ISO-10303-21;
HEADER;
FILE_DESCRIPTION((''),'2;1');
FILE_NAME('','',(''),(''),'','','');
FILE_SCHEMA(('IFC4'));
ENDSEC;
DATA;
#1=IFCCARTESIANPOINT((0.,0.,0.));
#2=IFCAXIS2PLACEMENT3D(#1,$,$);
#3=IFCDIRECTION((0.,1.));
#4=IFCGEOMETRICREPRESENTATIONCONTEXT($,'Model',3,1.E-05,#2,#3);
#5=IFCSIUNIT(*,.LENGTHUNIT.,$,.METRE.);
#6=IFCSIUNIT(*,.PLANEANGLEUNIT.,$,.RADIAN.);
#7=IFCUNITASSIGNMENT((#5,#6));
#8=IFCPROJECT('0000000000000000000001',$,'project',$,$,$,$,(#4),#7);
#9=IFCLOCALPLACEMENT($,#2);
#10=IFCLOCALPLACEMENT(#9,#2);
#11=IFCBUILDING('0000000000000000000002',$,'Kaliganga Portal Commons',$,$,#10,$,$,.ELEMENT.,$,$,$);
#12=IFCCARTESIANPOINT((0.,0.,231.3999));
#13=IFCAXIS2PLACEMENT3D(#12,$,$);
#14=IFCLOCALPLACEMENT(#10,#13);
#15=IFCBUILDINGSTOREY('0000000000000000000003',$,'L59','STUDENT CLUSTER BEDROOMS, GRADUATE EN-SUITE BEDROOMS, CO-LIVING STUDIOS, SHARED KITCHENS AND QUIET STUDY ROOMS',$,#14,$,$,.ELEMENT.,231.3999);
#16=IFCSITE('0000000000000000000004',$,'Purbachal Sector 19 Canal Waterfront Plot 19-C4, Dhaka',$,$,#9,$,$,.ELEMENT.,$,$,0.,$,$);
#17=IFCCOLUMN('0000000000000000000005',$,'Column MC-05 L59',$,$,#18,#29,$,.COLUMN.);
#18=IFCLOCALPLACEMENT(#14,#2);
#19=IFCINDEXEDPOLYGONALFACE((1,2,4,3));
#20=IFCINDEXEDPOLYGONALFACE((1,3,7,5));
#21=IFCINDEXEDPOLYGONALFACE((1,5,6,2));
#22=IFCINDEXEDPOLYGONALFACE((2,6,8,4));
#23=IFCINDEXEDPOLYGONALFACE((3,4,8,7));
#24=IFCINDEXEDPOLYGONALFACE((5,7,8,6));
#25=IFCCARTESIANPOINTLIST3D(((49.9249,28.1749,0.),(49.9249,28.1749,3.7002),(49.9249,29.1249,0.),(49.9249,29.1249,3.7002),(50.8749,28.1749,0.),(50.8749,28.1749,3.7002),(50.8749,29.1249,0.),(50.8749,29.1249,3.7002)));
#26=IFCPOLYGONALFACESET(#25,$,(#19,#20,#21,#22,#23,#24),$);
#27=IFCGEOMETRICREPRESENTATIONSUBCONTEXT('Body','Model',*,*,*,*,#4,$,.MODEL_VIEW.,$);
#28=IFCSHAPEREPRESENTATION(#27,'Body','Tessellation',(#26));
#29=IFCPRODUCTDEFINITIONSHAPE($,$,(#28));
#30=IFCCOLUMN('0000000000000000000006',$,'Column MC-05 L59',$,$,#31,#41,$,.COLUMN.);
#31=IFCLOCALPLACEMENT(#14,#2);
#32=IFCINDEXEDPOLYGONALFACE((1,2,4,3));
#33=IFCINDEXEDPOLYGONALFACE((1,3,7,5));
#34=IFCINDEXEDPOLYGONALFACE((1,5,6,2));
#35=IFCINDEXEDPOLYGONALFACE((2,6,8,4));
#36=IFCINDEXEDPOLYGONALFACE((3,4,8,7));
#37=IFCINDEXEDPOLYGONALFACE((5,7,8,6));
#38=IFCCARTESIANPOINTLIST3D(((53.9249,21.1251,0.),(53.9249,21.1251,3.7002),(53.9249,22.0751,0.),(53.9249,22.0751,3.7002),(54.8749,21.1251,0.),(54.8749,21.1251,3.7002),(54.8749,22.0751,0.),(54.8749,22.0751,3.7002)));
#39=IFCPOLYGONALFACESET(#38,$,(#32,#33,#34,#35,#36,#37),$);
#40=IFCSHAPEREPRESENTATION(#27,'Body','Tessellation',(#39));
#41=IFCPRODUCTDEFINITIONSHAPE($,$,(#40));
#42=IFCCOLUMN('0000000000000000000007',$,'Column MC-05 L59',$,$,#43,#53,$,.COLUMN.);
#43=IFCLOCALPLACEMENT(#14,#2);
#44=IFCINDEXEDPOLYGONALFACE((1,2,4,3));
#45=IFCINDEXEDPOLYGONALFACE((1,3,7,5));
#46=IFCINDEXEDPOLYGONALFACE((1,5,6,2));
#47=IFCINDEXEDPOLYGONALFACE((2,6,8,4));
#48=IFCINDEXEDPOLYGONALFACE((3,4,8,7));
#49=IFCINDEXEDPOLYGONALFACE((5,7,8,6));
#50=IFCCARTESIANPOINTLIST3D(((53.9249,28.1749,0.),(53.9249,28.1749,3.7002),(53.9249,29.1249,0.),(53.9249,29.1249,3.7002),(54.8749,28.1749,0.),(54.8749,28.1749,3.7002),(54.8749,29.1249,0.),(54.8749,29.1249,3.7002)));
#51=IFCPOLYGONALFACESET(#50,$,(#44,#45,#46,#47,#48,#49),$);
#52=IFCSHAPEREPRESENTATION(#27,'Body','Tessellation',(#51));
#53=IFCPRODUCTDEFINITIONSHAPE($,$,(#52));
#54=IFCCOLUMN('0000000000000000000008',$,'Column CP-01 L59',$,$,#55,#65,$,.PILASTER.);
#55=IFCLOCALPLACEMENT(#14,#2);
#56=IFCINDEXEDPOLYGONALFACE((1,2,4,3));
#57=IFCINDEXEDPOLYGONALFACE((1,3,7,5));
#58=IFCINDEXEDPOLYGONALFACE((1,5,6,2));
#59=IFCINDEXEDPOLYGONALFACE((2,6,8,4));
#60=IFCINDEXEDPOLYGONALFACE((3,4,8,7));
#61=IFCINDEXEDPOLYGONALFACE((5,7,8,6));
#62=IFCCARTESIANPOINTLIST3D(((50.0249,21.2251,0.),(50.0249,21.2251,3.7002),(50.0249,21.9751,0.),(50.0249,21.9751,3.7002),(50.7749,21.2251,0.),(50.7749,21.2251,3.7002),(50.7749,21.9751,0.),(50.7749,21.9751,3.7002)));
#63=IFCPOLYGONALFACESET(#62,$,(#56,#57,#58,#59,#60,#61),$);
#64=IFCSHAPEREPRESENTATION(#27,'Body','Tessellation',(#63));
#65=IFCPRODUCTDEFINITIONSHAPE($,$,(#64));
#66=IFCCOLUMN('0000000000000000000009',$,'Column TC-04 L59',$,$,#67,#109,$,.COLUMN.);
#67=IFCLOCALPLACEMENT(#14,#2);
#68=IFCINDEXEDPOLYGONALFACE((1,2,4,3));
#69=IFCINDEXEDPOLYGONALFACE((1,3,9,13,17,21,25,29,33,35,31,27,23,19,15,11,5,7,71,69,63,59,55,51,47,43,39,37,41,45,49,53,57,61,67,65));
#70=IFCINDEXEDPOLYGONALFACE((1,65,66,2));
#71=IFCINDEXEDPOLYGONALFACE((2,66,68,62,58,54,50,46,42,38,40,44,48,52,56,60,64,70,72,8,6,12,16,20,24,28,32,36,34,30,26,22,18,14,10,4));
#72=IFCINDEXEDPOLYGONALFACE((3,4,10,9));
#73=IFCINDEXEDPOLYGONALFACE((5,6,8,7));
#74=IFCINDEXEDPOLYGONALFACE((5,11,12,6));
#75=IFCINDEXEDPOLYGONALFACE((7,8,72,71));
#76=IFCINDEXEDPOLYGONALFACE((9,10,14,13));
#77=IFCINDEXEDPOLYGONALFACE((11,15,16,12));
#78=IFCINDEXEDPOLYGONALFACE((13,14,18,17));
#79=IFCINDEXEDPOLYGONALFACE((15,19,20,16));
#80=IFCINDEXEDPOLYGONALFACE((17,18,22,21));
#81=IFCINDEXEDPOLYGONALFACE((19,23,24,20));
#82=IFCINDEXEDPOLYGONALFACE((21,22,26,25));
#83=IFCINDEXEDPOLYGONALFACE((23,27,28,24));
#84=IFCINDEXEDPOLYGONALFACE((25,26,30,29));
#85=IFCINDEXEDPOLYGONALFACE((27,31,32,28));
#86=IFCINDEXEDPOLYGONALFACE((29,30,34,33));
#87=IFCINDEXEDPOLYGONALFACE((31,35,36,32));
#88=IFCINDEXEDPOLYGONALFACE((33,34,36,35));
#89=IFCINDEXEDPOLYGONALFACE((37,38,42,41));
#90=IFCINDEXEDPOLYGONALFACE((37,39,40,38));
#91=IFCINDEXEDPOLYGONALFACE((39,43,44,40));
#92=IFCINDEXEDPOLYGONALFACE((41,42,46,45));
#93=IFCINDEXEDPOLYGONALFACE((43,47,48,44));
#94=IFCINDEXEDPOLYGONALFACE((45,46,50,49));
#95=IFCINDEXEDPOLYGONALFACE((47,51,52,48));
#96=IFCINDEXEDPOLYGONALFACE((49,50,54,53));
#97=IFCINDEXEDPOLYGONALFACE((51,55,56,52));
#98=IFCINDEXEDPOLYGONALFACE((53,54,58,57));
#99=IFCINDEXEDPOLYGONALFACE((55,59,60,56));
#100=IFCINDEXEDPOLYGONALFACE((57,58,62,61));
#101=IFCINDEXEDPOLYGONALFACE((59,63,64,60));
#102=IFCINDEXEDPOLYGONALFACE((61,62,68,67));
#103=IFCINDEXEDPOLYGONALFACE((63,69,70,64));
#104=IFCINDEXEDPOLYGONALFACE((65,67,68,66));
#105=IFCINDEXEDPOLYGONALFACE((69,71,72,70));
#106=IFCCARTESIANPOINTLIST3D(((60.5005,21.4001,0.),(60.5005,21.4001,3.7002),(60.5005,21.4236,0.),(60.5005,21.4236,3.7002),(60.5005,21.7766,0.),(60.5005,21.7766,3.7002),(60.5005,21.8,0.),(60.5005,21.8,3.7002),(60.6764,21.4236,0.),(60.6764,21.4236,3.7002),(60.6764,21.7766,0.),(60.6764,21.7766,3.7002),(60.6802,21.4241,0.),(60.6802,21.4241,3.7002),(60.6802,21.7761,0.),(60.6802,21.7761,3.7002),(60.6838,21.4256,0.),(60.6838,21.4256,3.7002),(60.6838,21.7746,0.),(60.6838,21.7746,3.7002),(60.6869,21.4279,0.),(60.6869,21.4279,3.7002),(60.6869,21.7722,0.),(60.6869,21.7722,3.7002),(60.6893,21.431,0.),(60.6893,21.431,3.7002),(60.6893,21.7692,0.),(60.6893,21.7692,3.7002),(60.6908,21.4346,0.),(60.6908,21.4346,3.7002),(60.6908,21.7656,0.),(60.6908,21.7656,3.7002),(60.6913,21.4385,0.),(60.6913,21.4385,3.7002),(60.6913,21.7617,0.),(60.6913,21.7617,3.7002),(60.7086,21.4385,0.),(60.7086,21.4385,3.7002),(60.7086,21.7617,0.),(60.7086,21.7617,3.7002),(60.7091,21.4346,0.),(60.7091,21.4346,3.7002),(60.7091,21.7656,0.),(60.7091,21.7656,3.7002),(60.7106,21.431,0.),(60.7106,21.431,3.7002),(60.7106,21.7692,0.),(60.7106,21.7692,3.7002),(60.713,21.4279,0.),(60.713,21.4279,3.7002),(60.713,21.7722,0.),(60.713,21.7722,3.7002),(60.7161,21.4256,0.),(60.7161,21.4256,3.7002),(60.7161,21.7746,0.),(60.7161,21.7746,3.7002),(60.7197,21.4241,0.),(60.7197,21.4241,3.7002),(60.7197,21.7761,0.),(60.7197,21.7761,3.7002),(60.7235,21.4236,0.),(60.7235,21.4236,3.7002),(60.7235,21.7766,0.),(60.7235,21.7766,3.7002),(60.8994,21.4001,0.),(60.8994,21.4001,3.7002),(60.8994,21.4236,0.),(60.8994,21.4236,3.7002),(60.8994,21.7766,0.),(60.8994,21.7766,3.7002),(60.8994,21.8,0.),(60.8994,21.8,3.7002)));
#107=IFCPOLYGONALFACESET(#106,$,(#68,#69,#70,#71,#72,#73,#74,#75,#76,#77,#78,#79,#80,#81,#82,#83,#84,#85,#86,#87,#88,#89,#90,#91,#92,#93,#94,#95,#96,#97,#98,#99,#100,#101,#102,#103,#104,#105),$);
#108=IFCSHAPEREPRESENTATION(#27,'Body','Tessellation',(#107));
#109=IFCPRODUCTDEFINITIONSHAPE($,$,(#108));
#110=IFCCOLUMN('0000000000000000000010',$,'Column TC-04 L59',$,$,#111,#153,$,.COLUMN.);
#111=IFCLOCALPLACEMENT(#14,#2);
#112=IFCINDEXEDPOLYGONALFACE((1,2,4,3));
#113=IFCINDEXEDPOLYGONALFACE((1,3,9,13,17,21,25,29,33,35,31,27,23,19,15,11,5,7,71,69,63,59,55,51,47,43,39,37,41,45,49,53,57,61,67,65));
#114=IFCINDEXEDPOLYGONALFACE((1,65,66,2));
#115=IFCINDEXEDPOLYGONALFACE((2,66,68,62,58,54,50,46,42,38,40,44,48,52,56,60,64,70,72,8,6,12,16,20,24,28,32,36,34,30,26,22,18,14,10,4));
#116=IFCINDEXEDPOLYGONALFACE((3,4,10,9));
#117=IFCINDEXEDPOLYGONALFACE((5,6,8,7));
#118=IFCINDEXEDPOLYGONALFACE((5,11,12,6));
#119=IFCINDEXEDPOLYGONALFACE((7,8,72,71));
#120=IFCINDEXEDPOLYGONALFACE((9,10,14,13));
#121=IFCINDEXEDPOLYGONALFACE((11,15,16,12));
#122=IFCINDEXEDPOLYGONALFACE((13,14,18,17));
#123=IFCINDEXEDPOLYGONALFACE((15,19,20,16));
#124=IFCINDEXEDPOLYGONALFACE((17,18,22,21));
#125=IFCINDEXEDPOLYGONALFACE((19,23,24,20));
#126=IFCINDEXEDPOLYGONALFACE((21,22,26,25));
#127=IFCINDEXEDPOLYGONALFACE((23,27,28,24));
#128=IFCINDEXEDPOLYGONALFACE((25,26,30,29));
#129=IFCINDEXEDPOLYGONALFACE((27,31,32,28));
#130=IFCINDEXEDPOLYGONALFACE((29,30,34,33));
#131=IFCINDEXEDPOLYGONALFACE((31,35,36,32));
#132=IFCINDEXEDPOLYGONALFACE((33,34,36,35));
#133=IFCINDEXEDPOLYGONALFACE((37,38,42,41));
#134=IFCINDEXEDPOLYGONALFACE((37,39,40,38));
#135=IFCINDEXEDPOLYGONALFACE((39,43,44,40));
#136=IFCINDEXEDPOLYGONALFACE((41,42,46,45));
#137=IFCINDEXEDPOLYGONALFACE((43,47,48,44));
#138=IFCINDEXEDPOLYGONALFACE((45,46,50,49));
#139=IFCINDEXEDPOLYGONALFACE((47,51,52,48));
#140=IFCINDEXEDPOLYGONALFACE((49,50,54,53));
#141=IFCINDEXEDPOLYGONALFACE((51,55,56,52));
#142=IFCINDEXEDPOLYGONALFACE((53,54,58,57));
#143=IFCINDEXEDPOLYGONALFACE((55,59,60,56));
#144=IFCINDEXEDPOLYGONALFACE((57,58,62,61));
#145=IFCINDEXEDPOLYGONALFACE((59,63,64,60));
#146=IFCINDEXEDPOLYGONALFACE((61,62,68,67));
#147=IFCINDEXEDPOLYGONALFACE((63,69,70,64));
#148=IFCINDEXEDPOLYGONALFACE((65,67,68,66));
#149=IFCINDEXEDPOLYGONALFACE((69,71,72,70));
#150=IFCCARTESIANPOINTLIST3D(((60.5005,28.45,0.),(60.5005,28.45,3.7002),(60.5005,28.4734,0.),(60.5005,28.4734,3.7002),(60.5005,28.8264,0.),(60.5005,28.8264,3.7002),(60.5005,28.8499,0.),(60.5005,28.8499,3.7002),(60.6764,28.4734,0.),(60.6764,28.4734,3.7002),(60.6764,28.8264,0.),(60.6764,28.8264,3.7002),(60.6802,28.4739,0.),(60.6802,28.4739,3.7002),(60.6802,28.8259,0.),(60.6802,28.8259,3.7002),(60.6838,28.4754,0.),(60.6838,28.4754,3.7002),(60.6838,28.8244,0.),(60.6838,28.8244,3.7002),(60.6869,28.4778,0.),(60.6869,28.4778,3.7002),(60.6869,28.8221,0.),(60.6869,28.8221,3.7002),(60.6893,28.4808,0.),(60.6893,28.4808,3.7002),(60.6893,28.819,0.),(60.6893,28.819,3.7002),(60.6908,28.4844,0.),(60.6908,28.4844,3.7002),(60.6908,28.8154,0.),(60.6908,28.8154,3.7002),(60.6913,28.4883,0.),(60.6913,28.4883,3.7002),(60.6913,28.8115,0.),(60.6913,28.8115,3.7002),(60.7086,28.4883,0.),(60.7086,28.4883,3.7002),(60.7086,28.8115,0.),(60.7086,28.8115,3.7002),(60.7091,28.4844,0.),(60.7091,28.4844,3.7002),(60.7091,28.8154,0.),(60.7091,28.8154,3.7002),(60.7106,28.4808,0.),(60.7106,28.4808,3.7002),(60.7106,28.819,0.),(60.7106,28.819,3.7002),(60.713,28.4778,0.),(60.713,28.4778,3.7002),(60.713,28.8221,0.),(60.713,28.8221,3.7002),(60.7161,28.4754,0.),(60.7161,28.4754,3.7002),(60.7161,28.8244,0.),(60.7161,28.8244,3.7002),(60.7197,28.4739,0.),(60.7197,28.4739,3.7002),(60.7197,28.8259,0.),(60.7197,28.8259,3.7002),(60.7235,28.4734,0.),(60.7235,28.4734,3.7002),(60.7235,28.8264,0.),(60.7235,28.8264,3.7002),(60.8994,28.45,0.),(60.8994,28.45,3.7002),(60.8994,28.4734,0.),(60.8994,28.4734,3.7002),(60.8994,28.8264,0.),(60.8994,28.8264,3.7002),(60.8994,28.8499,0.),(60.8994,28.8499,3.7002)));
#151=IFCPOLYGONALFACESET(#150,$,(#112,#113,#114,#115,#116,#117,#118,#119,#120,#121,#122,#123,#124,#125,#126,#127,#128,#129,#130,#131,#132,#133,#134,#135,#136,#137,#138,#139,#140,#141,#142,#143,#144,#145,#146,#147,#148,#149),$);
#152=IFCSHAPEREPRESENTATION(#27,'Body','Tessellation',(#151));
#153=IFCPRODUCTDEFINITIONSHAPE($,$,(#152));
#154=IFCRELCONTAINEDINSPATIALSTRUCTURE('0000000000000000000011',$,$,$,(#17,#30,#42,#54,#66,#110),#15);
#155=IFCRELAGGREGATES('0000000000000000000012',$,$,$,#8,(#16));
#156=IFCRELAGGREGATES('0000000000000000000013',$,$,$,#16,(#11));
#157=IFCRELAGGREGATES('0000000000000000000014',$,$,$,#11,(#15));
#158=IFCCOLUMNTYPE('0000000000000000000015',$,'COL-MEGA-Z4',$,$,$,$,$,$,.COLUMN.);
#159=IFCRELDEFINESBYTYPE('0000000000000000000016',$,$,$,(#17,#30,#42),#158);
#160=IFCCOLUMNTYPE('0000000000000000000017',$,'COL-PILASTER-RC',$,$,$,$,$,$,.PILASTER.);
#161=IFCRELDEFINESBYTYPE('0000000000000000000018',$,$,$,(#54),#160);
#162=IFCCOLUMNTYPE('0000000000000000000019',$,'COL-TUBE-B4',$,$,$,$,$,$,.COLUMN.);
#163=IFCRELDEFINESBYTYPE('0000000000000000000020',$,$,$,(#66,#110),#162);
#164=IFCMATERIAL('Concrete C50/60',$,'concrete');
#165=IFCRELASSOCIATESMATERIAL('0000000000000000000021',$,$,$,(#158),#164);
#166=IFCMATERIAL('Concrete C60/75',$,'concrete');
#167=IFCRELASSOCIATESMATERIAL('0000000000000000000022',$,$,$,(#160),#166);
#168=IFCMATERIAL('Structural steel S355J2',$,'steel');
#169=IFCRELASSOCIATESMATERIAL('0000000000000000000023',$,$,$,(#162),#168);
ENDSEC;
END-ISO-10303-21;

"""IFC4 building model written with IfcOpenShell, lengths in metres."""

from ifc_helpers import new_model, si_unit, direction, frame, origin, origin_2d, place, context, subcontext, project, spatial, rectangle, i_section, extrude, source, transform, mapped, material, material_profile, profile_set, type_object, element, save


model = new_model("IFC4")

# Units and contexts
model_context = context("Model", 3, precision=1e-05, world=origin(), true_north=direction((0.0, 1.0)))
body_context = subcontext(model_context, "Body", "Model", "MODEL_VIEW")
ifc_project = project(units=[si_unit("LENGTHUNIT", "METRE"), si_unit("PLANEANGLEUNIT", "RADIAN")], contexts=[model_context])

# Site, building, storey
site_placement = place(None, origin())
site = spatial("IfcSite", under=ifc_project, at=site_placement, Name="Purbachal Sector 19 Canal Waterfront Plot 19-C4, Dhaka", CompositionType="ELEMENT", RefElevation=0.0)
building_placement = place(site_placement, origin())
building = spatial("IfcBuilding", under=site, at=building_placement, Name="Kaliganga Portal Commons", CompositionType="ELEMENT")
storey_placement = place(building_placement, frame((0.0, 0.0, 231.3999)))
storey = spatial("IfcBuildingStorey", under=building, at=storey_placement, Name="L59", Description="STUDENT CLUSTER BEDROOMS, GRADUATE EN-SUITE BEDROOMS, CO-LIVING STUDIOS, SHARED KITCHENS AND QUIET STUDY ROOMS", CompositionType="ELEMENT", Elevation=231.3999)

# Columns
ifc_material_1 = material(Name="Concrete C50/60", Category="concrete")
ifc_material_profile_1 = material_profile(ifc_material_1, rectangle(XDim=0.95, YDim=0.95, at=origin_2d()), Name="RC 950x950")
ifc_profile_set_1 = profile_set([ifc_material_profile_1], Name="Concrete C50/60")
column_type_1 = type_object("IfcColumnType", Name="COL-MEGA-Z4", PredefinedType="COLUMN", material=ifc_profile_set_1)
shared_shape_1 = source(origin(), body_context, "Body", "SweptSolid", [
    extrude(rectangle(XDim=0.95, YDim=0.95, at=origin_2d()), origin(), (0.0, 0.0, 1.0), 3.7002),
])
for number, where, z_axis, x_axis, name in (
    (1, (50.3999, 28.6499, 0.0), (0.0, 0.0, 1.0), (1.0, 0.0, 0.0), "Column MC-05 L59"),
    (2, (54.3999, 21.6001, 0.0), (0.0, 0.0, 1.0), (1.0, 0.0, 0.0), "Column MC-05 L59"),
    (3, (54.3999, 28.6499, 0.0), (0.0, 0.0, 1.0), (1.0, 0.0, 0.0), "Column MC-05 L59"),
):
    element("IfcColumn", number, at=place(storey_placement, frame(where, z_axis=z_axis, x_axis=x_axis)), inside=storey, type_object=column_type_1, Name=name, PredefinedType="COLUMN", context=body_context, shape_type="MappedRepresentation", body=[
        mapped(shared_shape_1, transform((0.0, 0.0, 0.0), x_axis=(1.0, 0.0, 0.0), y_axis=(0.0, 1.0, 0.0), z_axis=(0.0, 0.0, 1.0), scale=1.0)),
    ])
ifc_material_2 = material(Name="Concrete C60/75", Category="concrete")
ifc_material_profile_2 = material_profile(ifc_material_2, rectangle(XDim=0.75, YDim=0.75, at=origin_2d()), Name="RC 750x750")
ifc_profile_set_2 = profile_set([ifc_material_profile_2], Name="Concrete C60/75")
column_type_2 = type_object("IfcColumnType", Name="COL-PILASTER-RC", PredefinedType="PILASTER", material=ifc_profile_set_2)
shared_shape_2 = source(origin(), body_context, "Body", "SweptSolid", [
    extrude(rectangle(XDim=0.75, YDim=0.75, at=origin_2d()), origin(), (0.0, 0.0, 1.0), 3.7002),
])
column_placement = place(storey_placement, frame((50.3999, 21.6001, 0.0), z_axis=(0.0, 0.0, 1.0), x_axis=(1.0, 0.0, 0.0)))
element("IfcColumn", 4, at=column_placement, inside=storey, type_object=column_type_2, Name="Column CP-01 L59", PredefinedType="PILASTER", context=body_context, shape_type="MappedRepresentation", body=[
    mapped(shared_shape_2, transform((0.0, 0.0, 0.0), x_axis=(1.0, 0.0, 0.0), y_axis=(0.0, 1.0, 0.0), z_axis=(0.0, 0.0, 1.0), scale=1.0)),
])
ifc_material_3 = material(Name="Structural steel S355J2", Category="steel")
ifc_material_profile_3 = material_profile(ifc_material_3, i_section(OverallWidth=0.3989, OverallDepth=0.3999, WebThickness=0.0173, FlangeThickness=0.0234, FilletRadius=0.0149, at=origin_2d()), Name="HD 400x287")
ifc_profile_set_3 = profile_set([ifc_material_profile_3], Name="Structural steel S355J2 wide-flange")
column_type_3 = type_object("IfcColumnType", Name="COL-TUBE-B4", PredefinedType="COLUMN", material=ifc_profile_set_3)
shared_shape_3 = source(origin(), body_context, "Body", "SweptSolid", [
    extrude(i_section(OverallWidth=0.3989, OverallDepth=0.3999, WebThickness=0.0173, FlangeThickness=0.0234, FilletRadius=0.0149, at=origin_2d()), origin(), (0.0, 0.0, 1.0), 3.7002),
])
for number, where, z_axis, x_axis, name in (
    (5, (60.7, 21.6001, 0.0), (0.0, 0.0, 1.0), (1.0, 0.0, 0.0), "Column TC-04 L59"),
    (6, (60.7, 28.6499, 0.0), (0.0, 0.0, 1.0), (1.0, 0.0, 0.0), "Column TC-04 L59"),
):
    element("IfcColumn", number, at=place(storey_placement, frame(where, z_axis=z_axis, x_axis=x_axis)), inside=storey, type_object=column_type_3, Name=name, PredefinedType="COLUMN", context=body_context, shape_type="MappedRepresentation", body=[
        mapped(shared_shape_3, transform((0.0, 0.0, 0.0), x_axis=(1.0, 0.0, 0.0), y_axis=(0.0, 1.0, 0.0), z_axis=(0.0, 0.0, 1.0), scale=1.0)),
    ])

save(model, "model.ifc")
